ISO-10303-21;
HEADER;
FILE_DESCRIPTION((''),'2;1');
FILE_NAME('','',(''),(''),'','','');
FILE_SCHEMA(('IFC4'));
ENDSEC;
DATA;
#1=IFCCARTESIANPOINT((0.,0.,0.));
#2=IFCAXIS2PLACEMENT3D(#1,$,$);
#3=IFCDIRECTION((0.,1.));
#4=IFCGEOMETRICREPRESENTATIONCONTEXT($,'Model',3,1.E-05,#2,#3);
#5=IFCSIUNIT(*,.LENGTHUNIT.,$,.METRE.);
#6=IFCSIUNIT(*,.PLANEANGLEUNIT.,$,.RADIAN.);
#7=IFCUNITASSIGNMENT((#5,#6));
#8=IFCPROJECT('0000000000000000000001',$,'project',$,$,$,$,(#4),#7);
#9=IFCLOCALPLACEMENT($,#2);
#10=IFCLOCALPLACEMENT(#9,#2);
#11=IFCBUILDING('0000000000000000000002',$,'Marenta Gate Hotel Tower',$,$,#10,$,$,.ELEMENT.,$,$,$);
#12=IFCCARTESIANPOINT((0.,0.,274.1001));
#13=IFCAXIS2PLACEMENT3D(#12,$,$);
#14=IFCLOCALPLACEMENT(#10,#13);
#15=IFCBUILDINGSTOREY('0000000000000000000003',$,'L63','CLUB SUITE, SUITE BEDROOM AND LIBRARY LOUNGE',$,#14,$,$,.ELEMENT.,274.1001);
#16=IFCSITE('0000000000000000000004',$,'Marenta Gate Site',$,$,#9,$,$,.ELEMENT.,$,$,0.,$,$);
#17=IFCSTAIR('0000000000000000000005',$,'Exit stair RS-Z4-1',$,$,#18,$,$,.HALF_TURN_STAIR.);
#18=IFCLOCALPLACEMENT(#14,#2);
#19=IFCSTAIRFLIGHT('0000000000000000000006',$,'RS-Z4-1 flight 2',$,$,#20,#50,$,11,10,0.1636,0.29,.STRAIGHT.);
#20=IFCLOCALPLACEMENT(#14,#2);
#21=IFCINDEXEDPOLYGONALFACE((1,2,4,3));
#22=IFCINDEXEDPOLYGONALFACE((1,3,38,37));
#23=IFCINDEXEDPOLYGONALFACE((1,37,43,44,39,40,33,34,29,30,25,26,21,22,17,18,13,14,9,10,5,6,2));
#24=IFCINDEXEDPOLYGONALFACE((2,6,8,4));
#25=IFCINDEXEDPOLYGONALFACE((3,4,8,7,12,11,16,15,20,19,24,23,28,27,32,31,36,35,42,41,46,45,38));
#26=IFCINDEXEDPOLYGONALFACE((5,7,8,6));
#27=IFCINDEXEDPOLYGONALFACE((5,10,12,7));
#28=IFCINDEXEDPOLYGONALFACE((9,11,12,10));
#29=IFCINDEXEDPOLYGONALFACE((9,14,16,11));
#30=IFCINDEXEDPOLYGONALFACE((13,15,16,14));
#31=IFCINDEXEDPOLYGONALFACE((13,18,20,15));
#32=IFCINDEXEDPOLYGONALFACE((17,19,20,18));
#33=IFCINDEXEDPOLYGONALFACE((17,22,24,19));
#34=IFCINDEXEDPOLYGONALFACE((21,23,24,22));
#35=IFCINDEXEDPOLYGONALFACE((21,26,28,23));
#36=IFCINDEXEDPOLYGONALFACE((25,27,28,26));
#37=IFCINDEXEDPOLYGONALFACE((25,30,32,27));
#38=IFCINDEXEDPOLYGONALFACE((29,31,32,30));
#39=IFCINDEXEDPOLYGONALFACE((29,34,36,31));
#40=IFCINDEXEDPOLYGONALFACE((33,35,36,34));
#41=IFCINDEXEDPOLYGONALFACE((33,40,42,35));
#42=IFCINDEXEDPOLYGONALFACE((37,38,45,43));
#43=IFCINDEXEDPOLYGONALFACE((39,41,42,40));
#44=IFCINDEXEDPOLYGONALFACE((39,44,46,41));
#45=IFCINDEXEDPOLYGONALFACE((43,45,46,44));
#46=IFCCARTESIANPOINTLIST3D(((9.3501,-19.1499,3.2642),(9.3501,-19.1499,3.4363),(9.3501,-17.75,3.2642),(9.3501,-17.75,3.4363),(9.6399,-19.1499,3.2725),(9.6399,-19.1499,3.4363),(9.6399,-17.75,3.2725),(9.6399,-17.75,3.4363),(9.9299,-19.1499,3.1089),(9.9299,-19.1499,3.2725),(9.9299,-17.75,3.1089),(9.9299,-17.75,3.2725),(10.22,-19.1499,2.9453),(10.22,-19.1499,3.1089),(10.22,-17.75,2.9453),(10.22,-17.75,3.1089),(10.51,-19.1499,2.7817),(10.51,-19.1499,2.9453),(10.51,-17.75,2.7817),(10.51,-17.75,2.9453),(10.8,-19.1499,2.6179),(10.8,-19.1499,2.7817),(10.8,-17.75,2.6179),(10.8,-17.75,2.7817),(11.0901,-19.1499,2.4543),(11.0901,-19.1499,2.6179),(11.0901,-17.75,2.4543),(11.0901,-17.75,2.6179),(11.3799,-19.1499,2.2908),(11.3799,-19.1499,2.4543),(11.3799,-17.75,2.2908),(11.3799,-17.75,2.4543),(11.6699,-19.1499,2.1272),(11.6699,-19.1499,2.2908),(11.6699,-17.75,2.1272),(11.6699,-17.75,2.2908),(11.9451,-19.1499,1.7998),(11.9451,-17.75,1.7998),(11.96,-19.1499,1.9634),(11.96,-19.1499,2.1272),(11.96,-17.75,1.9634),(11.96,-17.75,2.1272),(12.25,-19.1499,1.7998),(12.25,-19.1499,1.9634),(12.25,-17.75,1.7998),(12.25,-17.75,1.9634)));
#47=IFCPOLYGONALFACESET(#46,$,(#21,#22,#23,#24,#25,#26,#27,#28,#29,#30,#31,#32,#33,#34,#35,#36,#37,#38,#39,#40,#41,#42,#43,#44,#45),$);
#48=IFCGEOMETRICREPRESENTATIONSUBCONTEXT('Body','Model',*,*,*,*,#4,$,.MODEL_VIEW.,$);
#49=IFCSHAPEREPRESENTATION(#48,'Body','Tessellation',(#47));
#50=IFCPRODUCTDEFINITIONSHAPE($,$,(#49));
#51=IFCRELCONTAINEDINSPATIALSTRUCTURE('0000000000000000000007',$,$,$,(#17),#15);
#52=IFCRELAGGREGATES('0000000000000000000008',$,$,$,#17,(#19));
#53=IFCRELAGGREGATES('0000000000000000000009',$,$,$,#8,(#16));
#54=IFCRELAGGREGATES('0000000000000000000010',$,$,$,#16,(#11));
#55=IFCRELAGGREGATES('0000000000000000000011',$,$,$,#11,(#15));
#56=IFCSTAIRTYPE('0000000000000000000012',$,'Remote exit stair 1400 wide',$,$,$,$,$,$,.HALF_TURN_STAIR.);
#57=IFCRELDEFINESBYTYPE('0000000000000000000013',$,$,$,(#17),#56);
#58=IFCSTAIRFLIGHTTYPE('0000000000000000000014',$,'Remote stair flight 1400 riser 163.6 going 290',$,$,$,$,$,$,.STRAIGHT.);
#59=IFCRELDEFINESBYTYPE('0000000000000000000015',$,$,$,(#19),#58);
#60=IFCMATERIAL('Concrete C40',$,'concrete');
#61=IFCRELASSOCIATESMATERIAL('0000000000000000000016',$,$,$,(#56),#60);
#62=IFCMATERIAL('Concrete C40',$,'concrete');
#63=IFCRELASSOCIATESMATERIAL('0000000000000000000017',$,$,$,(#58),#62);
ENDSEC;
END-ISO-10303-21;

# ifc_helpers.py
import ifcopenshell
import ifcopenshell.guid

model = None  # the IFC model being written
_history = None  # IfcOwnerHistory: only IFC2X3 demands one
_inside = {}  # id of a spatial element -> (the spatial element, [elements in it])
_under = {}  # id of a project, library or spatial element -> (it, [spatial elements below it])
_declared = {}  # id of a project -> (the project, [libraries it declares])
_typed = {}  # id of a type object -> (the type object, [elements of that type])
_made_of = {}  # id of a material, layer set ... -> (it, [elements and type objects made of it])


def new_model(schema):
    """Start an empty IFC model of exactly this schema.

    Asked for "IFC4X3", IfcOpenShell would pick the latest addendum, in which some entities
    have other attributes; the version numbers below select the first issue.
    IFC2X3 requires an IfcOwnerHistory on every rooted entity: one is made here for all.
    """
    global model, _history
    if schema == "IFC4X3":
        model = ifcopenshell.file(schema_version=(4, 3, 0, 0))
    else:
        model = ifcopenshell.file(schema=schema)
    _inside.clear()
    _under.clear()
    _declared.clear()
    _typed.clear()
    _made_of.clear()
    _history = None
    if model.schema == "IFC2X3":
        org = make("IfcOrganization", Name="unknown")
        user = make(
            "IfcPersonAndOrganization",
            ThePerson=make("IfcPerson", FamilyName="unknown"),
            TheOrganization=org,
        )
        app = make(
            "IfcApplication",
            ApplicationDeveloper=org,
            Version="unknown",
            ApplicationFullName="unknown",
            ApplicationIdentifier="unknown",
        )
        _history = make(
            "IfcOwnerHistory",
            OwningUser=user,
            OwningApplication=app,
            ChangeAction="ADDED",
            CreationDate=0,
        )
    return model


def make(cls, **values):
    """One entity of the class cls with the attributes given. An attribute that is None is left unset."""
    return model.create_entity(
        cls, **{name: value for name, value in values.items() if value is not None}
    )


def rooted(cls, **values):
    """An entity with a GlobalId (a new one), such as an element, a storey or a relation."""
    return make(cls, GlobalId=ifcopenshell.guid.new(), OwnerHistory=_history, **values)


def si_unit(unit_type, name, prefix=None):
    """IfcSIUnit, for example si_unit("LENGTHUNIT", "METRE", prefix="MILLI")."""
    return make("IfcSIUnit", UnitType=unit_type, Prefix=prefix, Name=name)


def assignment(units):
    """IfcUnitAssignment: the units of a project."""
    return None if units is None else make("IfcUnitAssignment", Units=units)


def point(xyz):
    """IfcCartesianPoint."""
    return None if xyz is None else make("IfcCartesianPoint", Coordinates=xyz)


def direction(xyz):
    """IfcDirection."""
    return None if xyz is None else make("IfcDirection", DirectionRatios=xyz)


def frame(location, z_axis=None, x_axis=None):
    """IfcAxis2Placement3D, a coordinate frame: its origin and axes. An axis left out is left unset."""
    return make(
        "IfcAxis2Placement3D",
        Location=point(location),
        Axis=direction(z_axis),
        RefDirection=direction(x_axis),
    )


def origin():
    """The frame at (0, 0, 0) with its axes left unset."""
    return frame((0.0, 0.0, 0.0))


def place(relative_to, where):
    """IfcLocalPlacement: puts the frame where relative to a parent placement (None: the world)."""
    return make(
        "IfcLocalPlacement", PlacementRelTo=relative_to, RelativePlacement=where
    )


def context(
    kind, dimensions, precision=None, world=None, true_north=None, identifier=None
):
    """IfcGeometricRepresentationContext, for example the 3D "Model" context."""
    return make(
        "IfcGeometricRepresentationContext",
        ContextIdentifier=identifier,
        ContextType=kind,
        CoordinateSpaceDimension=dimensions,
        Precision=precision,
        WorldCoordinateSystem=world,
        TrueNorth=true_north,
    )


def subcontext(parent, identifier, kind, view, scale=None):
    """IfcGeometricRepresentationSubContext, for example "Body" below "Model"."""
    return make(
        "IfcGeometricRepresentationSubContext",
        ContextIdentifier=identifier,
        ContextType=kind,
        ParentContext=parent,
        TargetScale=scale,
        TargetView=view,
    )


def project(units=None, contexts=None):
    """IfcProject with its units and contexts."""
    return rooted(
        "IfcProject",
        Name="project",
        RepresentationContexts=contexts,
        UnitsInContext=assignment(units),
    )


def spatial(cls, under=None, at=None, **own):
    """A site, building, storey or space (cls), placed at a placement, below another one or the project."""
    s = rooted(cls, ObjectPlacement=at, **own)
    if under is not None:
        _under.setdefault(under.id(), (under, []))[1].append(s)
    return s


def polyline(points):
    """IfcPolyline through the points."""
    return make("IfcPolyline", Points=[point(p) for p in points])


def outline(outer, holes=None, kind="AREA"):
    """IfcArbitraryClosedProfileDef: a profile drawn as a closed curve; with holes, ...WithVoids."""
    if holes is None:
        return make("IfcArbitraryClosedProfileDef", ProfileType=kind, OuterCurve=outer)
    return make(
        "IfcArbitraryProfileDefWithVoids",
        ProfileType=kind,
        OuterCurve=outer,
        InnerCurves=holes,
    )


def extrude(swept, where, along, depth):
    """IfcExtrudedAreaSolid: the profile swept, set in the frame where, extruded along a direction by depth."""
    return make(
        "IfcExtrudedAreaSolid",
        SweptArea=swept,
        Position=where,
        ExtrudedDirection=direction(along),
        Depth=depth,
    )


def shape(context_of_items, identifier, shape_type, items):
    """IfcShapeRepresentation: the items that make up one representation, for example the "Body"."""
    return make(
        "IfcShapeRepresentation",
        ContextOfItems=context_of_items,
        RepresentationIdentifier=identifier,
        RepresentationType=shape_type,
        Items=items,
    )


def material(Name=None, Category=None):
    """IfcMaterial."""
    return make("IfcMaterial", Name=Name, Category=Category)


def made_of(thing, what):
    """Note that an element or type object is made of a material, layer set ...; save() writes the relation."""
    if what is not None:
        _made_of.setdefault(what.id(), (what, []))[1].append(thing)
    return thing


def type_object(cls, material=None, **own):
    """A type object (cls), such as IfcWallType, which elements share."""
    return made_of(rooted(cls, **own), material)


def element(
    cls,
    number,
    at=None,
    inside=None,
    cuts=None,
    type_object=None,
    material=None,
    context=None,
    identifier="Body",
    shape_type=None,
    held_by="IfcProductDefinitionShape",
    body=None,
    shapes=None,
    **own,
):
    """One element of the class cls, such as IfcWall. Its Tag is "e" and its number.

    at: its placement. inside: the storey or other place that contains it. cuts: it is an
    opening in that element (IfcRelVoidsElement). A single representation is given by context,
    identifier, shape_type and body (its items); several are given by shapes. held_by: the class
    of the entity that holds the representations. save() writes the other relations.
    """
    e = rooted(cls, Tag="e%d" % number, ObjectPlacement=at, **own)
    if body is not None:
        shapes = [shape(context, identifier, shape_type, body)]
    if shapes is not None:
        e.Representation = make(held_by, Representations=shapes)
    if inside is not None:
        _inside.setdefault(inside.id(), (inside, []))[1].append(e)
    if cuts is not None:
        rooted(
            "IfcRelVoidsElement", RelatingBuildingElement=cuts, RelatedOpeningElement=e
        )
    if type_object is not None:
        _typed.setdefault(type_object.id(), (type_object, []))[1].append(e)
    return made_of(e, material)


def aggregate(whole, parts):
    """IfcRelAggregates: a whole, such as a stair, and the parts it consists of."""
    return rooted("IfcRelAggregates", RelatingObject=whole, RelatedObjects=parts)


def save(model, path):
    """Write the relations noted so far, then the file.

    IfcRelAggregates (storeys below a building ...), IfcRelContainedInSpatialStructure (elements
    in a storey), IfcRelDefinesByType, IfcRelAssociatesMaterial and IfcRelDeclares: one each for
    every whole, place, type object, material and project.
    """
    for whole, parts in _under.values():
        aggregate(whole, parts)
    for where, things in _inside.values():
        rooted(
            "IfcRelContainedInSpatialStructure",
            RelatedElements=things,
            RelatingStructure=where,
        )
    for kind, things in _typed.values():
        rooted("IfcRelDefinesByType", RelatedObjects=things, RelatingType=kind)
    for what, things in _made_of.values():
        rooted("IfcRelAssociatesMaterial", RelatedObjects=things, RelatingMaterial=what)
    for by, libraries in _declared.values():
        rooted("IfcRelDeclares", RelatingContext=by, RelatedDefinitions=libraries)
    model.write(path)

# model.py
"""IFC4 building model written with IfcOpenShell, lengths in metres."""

from ifc_helpers import new_model, si_unit, direction, frame, origin, place, context, subcontext, project, spatial, polyline, outline, extrude, material, type_object, element, aggregate, save


model = new_model("IFC4")

# Units and contexts
model_context = context("Model", 3, precision=1e-05, world=origin(), true_north=direction((0.0, 1.0)))
body_context = subcontext(model_context, "Body", "Model", "MODEL_VIEW")
ifc_project = project(units=[si_unit("LENGTHUNIT", "METRE"), si_unit("PLANEANGLEUNIT", "RADIAN")], contexts=[model_context])

# Site, building, storey
site_placement = place(None, origin())
site = spatial("IfcSite", under=ifc_project, at=site_placement, Name="Marenta Gate Site", CompositionType="ELEMENT", RefElevation=0.0)
building_placement = place(site_placement, origin())
building = spatial("IfcBuilding", under=site, at=building_placement, Name="Marenta Gate Hotel Tower", CompositionType="ELEMENT")
storey_placement = place(building_placement, frame((0.0, 0.0, 274.1001)))
storey = spatial("IfcBuildingStorey", under=building, at=storey_placement, Name="L63", Description="CLUB SUITE, SUITE BEDROOM AND LIBRARY LOUNGE", CompositionType="ELEMENT", Elevation=274.1001)

# Stair, stair flight
ifc_material_1 = material(Name="Concrete C40", Category="concrete")
stair_type = type_object("IfcStairType", Name="Remote exit stair 1400 wide", PredefinedType="HALF_TURN_STAIR", material=ifc_material_1)
stair_placement = place(storey_placement, origin())
stair = element("IfcStair", 1, at=stair_placement, inside=storey, type_object=stair_type, Name="Exit stair RS-Z4-1", PredefinedType="HALF_TURN_STAIR")
ifc_material_2 = material(Name="Concrete C40", Category="concrete")
stair_flight_type = type_object("IfcStairFlightType", Name="Remote stair flight 1400 riser 163.6 going 290", PredefinedType="STRAIGHT", material=ifc_material_2)
stair_flight_1_placement = place(storey_placement, frame((12.25, -18.45, 1.7998), z_axis=(0.0, 0.0, 1.0), x_axis=(-1.0, 0.0, 0.0)))
stair_flight_1 = element("IfcStairFlight", 2, at=stair_flight_1_placement, type_object=stair_flight_type, Name="RS-Z4-1 flight 2", NumberOfRisers=11, NumberOfTreads=10, PredefinedType="STRAIGHT", RiserHeight=0.1636, TreadLength=0.29, context=body_context, shape_type="SweptSolid", body=[
    extrude(outline(polyline([(0.0, 0.0), (0.0, 0.1636), (0.29, 0.1636), (0.29, 0.3274), (0.5801, 0.3274), (0.5801, 0.491), (0.8701, 0.491), (0.8701, 0.6545), (1.1599, 0.6545), (1.1599, 0.8181), (1.45, 0.8181), (1.45, 0.9819), (1.74, 0.9819), (1.74, 1.1455), (2.03, 1.1455), (2.03, 1.3091), (2.3201, 1.3091), (2.3201, 1.4727), (2.6101, 1.4727), (2.6101, 1.6365), (2.8999, 1.6365), (2.8999, 1.8), (2.8999, 1.4644), (0.3049, 0.0), (0.0, 0.0)])), frame((0.0, 0.7, 0.0), z_axis=(0.0, -1.0, 0.0), x_axis=(1.0, 0.0, 0.0)), (0.0, 0.0, 1.0), 1.3999),
])
aggregate(stair, [stair_flight_1])

save(model, "model.ifc")
